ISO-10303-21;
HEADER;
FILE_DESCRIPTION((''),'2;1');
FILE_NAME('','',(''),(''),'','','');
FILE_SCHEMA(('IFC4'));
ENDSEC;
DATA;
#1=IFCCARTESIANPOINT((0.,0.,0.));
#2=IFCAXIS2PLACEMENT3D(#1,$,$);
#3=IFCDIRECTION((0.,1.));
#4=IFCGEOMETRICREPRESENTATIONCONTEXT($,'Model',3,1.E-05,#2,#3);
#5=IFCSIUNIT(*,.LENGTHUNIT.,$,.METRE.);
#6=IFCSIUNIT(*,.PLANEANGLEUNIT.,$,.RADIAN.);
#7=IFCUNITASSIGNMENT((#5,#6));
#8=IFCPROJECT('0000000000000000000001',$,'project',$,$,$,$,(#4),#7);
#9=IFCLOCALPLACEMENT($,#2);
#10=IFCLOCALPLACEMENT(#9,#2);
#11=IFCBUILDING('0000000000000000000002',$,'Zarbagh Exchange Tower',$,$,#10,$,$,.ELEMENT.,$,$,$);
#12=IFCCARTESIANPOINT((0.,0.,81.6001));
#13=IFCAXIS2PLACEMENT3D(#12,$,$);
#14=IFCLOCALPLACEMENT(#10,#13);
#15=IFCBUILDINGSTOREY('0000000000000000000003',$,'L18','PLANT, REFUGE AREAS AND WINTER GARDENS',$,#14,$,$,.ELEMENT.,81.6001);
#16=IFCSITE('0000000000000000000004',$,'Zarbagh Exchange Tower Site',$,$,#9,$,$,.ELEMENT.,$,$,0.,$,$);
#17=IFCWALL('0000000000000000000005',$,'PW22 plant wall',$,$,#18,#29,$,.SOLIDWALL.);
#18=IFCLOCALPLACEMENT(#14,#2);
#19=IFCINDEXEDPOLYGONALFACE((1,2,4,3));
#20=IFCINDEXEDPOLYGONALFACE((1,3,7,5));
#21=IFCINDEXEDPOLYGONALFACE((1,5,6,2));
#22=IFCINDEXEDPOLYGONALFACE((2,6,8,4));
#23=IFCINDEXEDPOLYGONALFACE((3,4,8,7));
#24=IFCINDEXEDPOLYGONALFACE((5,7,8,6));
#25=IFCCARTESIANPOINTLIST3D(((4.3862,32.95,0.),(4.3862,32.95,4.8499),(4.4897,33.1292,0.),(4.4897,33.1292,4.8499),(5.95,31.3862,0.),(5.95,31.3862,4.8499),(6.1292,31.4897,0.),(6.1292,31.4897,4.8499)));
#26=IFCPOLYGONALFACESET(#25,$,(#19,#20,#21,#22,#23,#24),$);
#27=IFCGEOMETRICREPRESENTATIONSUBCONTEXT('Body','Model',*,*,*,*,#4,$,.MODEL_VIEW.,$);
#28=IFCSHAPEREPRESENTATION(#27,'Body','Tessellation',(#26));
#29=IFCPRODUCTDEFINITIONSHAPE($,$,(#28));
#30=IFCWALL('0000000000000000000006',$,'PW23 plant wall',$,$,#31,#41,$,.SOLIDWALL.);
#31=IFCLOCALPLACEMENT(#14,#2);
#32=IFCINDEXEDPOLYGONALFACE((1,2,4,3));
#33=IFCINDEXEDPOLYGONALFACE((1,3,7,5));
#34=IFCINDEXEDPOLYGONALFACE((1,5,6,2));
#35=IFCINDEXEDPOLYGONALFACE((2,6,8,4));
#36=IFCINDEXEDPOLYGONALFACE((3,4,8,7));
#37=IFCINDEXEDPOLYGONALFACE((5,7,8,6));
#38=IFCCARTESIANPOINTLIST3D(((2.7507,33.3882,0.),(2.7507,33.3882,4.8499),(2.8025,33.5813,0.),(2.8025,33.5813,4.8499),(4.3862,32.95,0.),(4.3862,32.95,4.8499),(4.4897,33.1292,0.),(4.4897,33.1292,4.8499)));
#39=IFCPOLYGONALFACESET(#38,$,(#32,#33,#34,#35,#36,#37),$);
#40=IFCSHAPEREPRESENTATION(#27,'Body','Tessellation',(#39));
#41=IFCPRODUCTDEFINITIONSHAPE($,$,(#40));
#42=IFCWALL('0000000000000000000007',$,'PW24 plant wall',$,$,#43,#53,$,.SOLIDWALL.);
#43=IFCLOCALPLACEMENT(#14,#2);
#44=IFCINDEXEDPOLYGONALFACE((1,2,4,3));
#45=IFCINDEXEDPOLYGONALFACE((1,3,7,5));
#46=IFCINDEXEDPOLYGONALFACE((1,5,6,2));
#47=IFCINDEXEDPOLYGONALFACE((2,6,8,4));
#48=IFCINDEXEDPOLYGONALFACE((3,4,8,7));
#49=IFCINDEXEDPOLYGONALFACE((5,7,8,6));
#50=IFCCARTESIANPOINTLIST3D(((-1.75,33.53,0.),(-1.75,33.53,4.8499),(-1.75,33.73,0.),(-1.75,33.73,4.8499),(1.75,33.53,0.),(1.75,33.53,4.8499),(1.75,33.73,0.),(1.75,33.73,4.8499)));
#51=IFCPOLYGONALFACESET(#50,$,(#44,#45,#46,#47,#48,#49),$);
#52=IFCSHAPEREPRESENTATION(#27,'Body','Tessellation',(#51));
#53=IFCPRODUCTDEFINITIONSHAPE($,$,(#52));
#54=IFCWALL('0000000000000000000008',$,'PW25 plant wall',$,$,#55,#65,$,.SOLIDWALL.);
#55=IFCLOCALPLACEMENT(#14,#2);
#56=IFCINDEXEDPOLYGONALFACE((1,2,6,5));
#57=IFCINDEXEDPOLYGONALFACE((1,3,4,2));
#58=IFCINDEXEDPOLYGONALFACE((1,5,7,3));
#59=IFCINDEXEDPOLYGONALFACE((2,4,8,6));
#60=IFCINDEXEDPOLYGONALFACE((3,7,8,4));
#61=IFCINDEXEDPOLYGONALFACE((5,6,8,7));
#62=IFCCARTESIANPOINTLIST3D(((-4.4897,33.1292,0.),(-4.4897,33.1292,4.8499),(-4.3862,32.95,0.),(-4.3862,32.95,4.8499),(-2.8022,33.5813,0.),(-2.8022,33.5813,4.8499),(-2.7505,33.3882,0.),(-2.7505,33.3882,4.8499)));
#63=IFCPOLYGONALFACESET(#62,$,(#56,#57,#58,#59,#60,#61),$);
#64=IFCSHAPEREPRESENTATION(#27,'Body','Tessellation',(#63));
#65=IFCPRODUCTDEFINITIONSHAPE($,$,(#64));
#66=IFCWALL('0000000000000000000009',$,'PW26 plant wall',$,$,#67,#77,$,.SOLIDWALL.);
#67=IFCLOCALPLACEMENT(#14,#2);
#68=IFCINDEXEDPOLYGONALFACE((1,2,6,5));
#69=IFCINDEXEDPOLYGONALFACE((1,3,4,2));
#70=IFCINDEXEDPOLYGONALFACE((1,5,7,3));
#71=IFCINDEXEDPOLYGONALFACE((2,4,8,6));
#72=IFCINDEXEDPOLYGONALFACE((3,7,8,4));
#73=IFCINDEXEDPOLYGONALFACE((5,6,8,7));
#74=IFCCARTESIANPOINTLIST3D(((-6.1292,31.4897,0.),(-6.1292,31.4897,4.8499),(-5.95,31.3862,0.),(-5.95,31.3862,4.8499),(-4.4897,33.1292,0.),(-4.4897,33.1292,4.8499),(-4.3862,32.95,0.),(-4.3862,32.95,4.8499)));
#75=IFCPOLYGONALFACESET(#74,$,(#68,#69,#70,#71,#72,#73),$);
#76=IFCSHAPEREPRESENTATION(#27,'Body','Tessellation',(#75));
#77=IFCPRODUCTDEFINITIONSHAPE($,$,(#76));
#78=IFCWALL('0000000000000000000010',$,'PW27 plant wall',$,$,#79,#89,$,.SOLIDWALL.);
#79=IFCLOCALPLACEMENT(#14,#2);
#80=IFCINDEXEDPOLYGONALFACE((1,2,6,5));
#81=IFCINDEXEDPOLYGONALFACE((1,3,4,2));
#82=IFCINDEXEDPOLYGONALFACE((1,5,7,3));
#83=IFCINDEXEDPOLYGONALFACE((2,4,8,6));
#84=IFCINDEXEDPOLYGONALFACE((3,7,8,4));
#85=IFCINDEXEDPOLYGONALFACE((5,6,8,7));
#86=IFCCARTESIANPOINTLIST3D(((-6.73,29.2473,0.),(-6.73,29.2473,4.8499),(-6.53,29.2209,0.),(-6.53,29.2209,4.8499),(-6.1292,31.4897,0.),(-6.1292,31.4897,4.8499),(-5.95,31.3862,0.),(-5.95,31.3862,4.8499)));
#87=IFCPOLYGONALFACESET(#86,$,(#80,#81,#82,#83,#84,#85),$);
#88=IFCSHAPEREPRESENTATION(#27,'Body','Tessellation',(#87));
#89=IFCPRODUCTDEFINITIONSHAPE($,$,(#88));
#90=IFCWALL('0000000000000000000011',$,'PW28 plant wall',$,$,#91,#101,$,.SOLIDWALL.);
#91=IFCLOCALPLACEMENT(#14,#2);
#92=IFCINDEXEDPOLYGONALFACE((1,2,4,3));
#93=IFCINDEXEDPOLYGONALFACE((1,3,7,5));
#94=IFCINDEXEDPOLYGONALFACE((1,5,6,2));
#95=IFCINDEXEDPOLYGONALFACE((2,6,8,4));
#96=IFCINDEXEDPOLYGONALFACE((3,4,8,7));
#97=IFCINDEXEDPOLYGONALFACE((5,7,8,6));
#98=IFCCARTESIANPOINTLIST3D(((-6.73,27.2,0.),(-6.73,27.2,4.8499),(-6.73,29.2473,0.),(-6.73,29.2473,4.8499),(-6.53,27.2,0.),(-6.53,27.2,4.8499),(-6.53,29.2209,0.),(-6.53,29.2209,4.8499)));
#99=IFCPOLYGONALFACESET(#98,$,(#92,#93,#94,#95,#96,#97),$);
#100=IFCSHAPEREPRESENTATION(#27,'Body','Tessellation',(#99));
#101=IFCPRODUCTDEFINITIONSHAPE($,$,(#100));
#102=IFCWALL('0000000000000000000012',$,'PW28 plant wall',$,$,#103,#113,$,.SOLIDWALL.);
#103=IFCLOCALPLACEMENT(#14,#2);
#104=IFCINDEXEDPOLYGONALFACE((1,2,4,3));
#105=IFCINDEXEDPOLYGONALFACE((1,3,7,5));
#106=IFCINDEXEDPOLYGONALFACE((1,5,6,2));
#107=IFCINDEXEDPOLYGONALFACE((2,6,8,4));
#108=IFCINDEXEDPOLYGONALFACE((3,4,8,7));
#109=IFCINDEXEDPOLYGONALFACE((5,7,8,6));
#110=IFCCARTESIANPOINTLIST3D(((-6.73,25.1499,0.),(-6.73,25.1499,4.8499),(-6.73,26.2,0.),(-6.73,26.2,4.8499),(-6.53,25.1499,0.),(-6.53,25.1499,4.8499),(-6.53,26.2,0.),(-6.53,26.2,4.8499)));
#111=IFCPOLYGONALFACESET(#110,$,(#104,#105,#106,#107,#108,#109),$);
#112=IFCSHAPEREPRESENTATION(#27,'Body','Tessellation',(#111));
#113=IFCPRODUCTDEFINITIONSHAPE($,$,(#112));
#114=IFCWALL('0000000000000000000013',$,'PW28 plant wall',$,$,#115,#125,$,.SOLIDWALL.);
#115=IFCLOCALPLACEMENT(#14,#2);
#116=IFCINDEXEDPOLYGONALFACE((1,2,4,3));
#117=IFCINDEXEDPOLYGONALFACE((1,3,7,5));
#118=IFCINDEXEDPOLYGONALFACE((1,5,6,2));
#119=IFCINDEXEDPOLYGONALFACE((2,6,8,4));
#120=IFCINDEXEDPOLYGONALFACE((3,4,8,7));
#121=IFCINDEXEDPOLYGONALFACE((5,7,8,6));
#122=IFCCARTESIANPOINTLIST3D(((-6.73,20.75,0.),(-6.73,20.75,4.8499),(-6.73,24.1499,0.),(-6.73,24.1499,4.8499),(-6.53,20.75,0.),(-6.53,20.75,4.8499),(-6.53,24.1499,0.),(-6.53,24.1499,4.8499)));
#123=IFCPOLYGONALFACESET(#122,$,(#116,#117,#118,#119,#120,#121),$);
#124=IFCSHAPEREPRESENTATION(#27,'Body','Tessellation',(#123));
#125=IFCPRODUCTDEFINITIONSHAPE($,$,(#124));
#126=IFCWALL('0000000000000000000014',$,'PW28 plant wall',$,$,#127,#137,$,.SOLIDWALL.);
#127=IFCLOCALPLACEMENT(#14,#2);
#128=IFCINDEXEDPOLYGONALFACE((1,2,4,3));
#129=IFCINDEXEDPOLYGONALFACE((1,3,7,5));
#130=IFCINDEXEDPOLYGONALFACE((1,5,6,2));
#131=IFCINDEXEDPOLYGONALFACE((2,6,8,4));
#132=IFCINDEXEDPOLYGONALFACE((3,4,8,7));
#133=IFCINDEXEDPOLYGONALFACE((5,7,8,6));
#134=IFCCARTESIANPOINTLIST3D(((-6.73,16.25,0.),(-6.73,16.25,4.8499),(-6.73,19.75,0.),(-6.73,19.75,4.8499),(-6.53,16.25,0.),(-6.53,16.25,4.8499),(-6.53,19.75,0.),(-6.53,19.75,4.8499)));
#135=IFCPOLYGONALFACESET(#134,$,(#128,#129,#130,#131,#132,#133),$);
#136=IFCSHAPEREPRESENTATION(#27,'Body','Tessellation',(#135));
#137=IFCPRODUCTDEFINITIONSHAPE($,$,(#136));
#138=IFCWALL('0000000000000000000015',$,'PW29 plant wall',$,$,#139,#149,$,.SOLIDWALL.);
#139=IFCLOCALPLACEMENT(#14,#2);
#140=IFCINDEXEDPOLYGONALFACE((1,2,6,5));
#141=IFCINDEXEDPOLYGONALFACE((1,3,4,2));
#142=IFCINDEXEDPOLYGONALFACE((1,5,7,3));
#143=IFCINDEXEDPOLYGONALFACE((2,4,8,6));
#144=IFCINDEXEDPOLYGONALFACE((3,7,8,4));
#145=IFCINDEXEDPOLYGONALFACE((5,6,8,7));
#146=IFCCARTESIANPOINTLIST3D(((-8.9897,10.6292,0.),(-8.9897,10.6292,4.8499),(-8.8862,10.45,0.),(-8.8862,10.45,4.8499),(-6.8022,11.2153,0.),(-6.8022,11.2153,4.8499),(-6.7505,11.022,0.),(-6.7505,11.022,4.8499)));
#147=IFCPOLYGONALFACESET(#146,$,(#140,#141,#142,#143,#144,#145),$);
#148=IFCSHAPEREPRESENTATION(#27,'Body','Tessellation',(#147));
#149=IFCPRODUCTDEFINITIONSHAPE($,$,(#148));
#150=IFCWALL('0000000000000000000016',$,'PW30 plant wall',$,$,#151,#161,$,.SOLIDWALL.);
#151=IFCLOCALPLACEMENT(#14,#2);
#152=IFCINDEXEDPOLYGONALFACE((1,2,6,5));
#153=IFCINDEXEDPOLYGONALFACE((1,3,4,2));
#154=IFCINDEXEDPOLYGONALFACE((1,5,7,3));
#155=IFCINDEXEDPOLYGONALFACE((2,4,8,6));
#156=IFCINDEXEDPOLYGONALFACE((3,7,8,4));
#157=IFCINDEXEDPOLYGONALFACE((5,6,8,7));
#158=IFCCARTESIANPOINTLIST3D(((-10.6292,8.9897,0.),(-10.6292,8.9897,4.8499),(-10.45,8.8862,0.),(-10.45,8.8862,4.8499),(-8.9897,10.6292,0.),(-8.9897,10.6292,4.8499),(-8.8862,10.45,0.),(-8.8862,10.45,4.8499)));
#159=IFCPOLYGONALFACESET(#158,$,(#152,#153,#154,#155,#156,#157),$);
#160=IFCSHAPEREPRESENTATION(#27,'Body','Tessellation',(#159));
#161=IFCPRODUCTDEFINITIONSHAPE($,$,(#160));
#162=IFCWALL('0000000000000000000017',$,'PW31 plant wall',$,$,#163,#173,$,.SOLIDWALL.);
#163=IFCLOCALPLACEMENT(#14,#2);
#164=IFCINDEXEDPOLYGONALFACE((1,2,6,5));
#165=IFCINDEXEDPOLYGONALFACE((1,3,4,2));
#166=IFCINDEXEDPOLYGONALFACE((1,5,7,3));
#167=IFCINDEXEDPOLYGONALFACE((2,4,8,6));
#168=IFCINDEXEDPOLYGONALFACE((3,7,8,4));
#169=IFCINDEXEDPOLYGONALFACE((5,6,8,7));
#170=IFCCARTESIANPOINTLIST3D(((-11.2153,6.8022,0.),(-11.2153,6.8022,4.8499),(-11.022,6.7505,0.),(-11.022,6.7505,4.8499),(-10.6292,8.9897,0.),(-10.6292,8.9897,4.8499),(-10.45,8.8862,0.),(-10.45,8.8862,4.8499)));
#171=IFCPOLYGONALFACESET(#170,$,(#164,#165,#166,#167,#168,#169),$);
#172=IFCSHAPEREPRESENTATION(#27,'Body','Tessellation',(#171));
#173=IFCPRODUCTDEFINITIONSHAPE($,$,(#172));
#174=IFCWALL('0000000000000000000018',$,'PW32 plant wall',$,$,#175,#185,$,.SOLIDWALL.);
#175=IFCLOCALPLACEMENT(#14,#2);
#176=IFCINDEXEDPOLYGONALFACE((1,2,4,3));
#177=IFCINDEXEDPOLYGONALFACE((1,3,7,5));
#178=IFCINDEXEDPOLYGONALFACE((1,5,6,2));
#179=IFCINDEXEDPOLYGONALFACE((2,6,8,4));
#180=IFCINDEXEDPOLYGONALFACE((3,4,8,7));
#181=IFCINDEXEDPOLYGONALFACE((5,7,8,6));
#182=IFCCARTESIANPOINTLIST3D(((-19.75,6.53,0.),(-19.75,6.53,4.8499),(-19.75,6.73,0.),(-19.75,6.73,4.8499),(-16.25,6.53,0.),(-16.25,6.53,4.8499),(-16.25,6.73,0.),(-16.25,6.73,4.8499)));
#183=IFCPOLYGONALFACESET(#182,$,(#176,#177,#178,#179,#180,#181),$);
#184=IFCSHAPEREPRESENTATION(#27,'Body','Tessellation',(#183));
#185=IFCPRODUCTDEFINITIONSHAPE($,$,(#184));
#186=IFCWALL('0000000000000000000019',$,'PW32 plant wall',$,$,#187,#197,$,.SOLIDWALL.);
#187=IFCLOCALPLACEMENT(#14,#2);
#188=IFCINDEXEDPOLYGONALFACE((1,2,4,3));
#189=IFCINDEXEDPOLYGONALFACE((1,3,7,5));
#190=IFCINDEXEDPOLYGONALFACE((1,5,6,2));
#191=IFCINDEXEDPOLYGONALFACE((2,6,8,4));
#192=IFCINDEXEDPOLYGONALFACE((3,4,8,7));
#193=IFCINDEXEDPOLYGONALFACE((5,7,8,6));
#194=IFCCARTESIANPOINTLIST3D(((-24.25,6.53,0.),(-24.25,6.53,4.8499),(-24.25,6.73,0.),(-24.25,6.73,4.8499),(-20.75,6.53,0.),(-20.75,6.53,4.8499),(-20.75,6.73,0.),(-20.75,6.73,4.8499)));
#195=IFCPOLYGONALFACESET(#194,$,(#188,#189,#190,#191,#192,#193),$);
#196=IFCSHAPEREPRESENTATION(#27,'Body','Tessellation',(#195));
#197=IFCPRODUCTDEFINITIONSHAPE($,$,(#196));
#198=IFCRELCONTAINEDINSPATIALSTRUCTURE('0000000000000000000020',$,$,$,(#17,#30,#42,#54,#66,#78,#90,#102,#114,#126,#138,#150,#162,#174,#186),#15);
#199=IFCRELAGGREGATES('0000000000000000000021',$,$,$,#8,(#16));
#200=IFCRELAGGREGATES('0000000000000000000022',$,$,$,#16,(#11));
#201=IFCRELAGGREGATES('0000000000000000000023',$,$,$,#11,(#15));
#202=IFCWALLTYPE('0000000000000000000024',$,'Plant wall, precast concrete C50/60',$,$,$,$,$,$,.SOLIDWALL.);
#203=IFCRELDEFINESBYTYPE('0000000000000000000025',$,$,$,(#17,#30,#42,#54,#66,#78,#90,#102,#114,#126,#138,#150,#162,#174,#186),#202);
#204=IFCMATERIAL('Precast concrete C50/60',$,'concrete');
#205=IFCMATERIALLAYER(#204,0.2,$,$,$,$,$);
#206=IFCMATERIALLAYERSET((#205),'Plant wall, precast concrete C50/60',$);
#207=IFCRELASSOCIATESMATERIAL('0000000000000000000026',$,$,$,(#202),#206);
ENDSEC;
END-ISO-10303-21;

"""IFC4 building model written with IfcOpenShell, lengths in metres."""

from ifc_helpers import new_model, si_unit, direction, frame, origin, place, context, subcontext, project, spatial, polyline, outline, extrude, material, layer, layer_set, type_object, element, save


model = new_model("IFC4")

# Units and contexts
model_context = context("Model", 3, precision=1e-05, world=origin(), true_north=direction((0.0, 1.0)))
body_context = subcontext(model_context, "Body", "Model", "MODEL_VIEW")
ifc_project = project(units=[si_unit("LENGTHUNIT", "METRE"), si_unit("PLANEANGLEUNIT", "RADIAN")], contexts=[model_context])

# Site, building, storey
site_placement = place(None, origin())
site = spatial("IfcSite", under=ifc_project, at=site_placement, Name="Zarbagh Exchange Tower Site", CompositionType="ELEMENT", RefElevation=0.0)
building_placement = place(site_placement, origin())
building = spatial("IfcBuilding", under=site, at=building_placement, Name="Zarbagh Exchange Tower", CompositionType="ELEMENT")
storey_placement = place(building_placement, frame((0.0, 0.0, 81.6001)))
storey = spatial("IfcBuildingStorey", under=building, at=storey_placement, Name="L18", Description="PLANT, REFUGE AREAS AND WINTER GARDENS", CompositionType="ELEMENT", Elevation=81.6001)

# Walls
ifc_material_1 = material(Name="Precast concrete C50/60", Category="concrete")
ifc_layer_1 = layer(ifc_material_1, 0.2)
ifc_layer_set_1 = layer_set([ifc_layer_1], Name="Plant wall, precast concrete C50/60")
wall_type = type_object("IfcWallType", Name="Plant wall, precast concrete C50/60", PredefinedType="SOLIDWALL", material=ifc_layer_set_1)
wall_1_placement = place(storey_placement, origin())
element("IfcWall", 1, at=wall_1_placement, inside=storey, type_object=wall_type, Name="PW22 plant wall", PredefinedType="SOLIDWALL", context=body_context, shape_type="SweptSolid", body=[
    extrude(outline(polyline([(6.1292, 31.4897), (4.4897, 33.1292), (4.3862, 32.95), (5.95, 31.3862), (6.1292, 31.4897)])), origin(), (0.0, 0.0, 1.0), 4.8499),
])
wall_2_placement = place(storey_placement, origin())
element("IfcWall", 2, at=wall_2_placement, inside=storey, type_object=wall_type, Name="PW23 plant wall", PredefinedType="SOLIDWALL", context=body_context, shape_type="SweptSolid", body=[
    extrude(outline(polyline([(4.4897, 33.1292), (2.8025, 33.5813), (2.7507, 33.3882), (4.3862, 32.95), (4.4897, 33.1292)])), origin(), (0.0, 0.0, 1.0), 4.8499),
])
wall_3_placement = place(storey_placement, origin())
element("IfcWall", 3, at=wall_3_placement, inside=storey, type_object=wall_type, Name="PW24 plant wall", PredefinedType="SOLIDWALL", context=body_context, shape_type="SweptSolid", body=[
    extrude(outline(polyline([(1.75, 33.73), (-1.75, 33.73), (-1.75, 33.53), (1.75, 33.53), (1.75, 33.73)])), origin(), (0.0, 0.0, 1.0), 4.8499),
])
wall_4_placement = place(storey_placement, origin())
element("IfcWall", 4, at=wall_4_placement, inside=storey, type_object=wall_type, Name="PW25 plant wall", PredefinedType="SOLIDWALL", context=body_context, shape_type="SweptSolid", body=[
    extrude(outline(polyline([(-2.8022, 33.5813), (-4.4897, 33.1292), (-4.3862, 32.95), (-2.7505, 33.3882), (-2.8022, 33.5813)])), origin(), (0.0, 0.0, 1.0), 4.8499),
])
wall_5_placement = place(storey_placement, origin())
element("IfcWall", 5, at=wall_5_placement, inside=storey, type_object=wall_type, Name="PW26 plant wall", PredefinedType="SOLIDWALL", context=body_context, shape_type="SweptSolid", body=[
    extrude(outline(polyline([(-4.4897, 33.1292), (-6.1292, 31.4897), (-5.95, 31.3862), (-4.3862, 32.95), (-4.4897, 33.1292)])), origin(), (0.0, 0.0, 1.0), 4.8499),
])
wall_6_placement = place(storey_placement, origin())
element("IfcWall", 6, at=wall_6_placement, inside=storey, type_object=wall_type, Name="PW27 plant wall", PredefinedType="SOLIDWALL", context=body_context, shape_type="SweptSolid", body=[
    extrude(outline(polyline([(-6.1292, 31.4897), (-6.73, 29.2473), (-6.53, 29.2209), (-5.95, 31.3862), (-6.1292, 31.4897)])), origin(), (0.0, 0.0, 1.0), 4.8499),
])
wall_7_placement = place(storey_placement, origin())
element("IfcWall", 7, at=wall_7_placement, inside=storey, type_object=wall_type, Name="PW28 plant wall", PredefinedType="SOLIDWALL", context=body_context, shape_type="SweptSolid", body=[
    extrude(outline(polyline([(-6.73, 29.2473), (-6.73, 27.2), (-6.53, 27.2), (-6.53, 29.2209), (-6.73, 29.2473)])), origin(), (0.0, 0.0, 1.0), 4.8499),
])
wall_8_placement = place(storey_placement, origin())
element("IfcWall", 8, at=wall_8_placement, inside=storey, type_object=wall_type, Name="PW28 plant wall", PredefinedType="SOLIDWALL", context=body_context, shape_type="SweptSolid", body=[
    extrude(outline(polyline([(-6.73, 26.2), (-6.73, 25.1499), (-6.53, 25.1499), (-6.53, 26.2), (-6.73, 26.2)])), origin(), (0.0, 0.0, 1.0), 4.8499),
])
wall_9_placement = place(storey_placement, origin())
element("IfcWall", 9, at=wall_9_placement, inside=storey, type_object=wall_type, Name="PW28 plant wall", PredefinedType="SOLIDWALL", context=body_context, shape_type="SweptSolid", body=[
    extrude(outline(polyline([(-6.73, 24.1499), (-6.73, 20.75), (-6.53, 20.75), (-6.53, 24.1499), (-6.73, 24.1499)])), origin(), (0.0, 0.0, 1.0), 4.8499),
])
wall_10_placement = place(storey_placement, origin())
element("IfcWall", 10, at=wall_10_placement, inside=storey, type_object=wall_type, Name="PW28 plant wall", PredefinedType="SOLIDWALL", context=body_context, shape_type="SweptSolid", body=[
    extrude(outline(polyline([(-6.73, 19.75), (-6.73, 16.25), (-6.53, 16.25), (-6.53, 19.75), (-6.73, 19.75)])), origin(), (0.0, 0.0, 1.0), 4.8499),
])
wall_11_placement = place(storey_placement, origin())
element("IfcWall", 11, at=wall_11_placement, inside=storey, type_object=wall_type, Name="PW29 plant wall", PredefinedType="SOLIDWALL", context=body_context, shape_type="SweptSolid", body=[
    extrude(outline(polyline([(-6.8022, 11.2153), (-8.9897, 10.6292), (-8.8862, 10.45), (-6.7505, 11.022), (-6.8022, 11.2153)])), origin(), (0.0, 0.0, 1.0), 4.8499),
])
wall_12_placement = place(storey_placement, origin())
element("IfcWall", 12, at=wall_12_placement, inside=storey, type_object=wall_type, Name="PW30 plant wall", PredefinedType="SOLIDWALL", context=body_context, shape_type="SweptSolid", body=[
    extrude(outline(polyline([(-8.9897, 10.6292), (-10.6292, 8.9897), (-10.45, 8.8862), (-8.8862, 10.45), (-8.9897, 10.6292)])), origin(), (0.0, 0.0, 1.0), 4.8499),
])
wall_13_placement = place(storey_placement, origin())
element("IfcWall", 13, at=wall_13_placement, inside=storey, type_object=wall_type, Name="PW31 plant wall", PredefinedType="SOLIDWALL", context=body_context, shape_type="SweptSolid", body=[
    extrude(outline(polyline([(-10.6292, 8.9897), (-11.2153, 6.8022), (-11.022, 6.7505), (-10.45, 8.8862), (-10.6292, 8.9897)])), origin(), (0.0, 0.0, 1.0), 4.8499),
])
wall_14_placement = place(storey_placement, origin())
element("IfcWall", 14, at=wall_14_placement, inside=storey, type_object=wall_type, Name="PW32 plant wall", PredefinedType="SOLIDWALL", context=body_context, shape_type="SweptSolid", body=[
    extrude(outline(polyline([(-16.25, 6.73), (-19.75, 6.73), (-19.75, 6.53), (-16.25, 6.53), (-16.25, 6.73)])), origin(), (0.0, 0.0, 1.0), 4.8499),
])
wall_15_placement = place(storey_placement, origin())
element("IfcWall", 15, at=wall_15_placement, inside=storey, type_object=wall_type, Name="PW32 plant wall", PredefinedType="SOLIDWALL", context=body_context, shape_type="SweptSolid", body=[
    extrude(outline(polyline([(-20.75, 6.73), (-24.25, 6.73), (-24.25, 6.53), (-20.75, 6.53), (-20.75, 6.73)])), origin(), (0.0, 0.0, 1.0), 4.8499),
])

save(model, "model.ifc")
